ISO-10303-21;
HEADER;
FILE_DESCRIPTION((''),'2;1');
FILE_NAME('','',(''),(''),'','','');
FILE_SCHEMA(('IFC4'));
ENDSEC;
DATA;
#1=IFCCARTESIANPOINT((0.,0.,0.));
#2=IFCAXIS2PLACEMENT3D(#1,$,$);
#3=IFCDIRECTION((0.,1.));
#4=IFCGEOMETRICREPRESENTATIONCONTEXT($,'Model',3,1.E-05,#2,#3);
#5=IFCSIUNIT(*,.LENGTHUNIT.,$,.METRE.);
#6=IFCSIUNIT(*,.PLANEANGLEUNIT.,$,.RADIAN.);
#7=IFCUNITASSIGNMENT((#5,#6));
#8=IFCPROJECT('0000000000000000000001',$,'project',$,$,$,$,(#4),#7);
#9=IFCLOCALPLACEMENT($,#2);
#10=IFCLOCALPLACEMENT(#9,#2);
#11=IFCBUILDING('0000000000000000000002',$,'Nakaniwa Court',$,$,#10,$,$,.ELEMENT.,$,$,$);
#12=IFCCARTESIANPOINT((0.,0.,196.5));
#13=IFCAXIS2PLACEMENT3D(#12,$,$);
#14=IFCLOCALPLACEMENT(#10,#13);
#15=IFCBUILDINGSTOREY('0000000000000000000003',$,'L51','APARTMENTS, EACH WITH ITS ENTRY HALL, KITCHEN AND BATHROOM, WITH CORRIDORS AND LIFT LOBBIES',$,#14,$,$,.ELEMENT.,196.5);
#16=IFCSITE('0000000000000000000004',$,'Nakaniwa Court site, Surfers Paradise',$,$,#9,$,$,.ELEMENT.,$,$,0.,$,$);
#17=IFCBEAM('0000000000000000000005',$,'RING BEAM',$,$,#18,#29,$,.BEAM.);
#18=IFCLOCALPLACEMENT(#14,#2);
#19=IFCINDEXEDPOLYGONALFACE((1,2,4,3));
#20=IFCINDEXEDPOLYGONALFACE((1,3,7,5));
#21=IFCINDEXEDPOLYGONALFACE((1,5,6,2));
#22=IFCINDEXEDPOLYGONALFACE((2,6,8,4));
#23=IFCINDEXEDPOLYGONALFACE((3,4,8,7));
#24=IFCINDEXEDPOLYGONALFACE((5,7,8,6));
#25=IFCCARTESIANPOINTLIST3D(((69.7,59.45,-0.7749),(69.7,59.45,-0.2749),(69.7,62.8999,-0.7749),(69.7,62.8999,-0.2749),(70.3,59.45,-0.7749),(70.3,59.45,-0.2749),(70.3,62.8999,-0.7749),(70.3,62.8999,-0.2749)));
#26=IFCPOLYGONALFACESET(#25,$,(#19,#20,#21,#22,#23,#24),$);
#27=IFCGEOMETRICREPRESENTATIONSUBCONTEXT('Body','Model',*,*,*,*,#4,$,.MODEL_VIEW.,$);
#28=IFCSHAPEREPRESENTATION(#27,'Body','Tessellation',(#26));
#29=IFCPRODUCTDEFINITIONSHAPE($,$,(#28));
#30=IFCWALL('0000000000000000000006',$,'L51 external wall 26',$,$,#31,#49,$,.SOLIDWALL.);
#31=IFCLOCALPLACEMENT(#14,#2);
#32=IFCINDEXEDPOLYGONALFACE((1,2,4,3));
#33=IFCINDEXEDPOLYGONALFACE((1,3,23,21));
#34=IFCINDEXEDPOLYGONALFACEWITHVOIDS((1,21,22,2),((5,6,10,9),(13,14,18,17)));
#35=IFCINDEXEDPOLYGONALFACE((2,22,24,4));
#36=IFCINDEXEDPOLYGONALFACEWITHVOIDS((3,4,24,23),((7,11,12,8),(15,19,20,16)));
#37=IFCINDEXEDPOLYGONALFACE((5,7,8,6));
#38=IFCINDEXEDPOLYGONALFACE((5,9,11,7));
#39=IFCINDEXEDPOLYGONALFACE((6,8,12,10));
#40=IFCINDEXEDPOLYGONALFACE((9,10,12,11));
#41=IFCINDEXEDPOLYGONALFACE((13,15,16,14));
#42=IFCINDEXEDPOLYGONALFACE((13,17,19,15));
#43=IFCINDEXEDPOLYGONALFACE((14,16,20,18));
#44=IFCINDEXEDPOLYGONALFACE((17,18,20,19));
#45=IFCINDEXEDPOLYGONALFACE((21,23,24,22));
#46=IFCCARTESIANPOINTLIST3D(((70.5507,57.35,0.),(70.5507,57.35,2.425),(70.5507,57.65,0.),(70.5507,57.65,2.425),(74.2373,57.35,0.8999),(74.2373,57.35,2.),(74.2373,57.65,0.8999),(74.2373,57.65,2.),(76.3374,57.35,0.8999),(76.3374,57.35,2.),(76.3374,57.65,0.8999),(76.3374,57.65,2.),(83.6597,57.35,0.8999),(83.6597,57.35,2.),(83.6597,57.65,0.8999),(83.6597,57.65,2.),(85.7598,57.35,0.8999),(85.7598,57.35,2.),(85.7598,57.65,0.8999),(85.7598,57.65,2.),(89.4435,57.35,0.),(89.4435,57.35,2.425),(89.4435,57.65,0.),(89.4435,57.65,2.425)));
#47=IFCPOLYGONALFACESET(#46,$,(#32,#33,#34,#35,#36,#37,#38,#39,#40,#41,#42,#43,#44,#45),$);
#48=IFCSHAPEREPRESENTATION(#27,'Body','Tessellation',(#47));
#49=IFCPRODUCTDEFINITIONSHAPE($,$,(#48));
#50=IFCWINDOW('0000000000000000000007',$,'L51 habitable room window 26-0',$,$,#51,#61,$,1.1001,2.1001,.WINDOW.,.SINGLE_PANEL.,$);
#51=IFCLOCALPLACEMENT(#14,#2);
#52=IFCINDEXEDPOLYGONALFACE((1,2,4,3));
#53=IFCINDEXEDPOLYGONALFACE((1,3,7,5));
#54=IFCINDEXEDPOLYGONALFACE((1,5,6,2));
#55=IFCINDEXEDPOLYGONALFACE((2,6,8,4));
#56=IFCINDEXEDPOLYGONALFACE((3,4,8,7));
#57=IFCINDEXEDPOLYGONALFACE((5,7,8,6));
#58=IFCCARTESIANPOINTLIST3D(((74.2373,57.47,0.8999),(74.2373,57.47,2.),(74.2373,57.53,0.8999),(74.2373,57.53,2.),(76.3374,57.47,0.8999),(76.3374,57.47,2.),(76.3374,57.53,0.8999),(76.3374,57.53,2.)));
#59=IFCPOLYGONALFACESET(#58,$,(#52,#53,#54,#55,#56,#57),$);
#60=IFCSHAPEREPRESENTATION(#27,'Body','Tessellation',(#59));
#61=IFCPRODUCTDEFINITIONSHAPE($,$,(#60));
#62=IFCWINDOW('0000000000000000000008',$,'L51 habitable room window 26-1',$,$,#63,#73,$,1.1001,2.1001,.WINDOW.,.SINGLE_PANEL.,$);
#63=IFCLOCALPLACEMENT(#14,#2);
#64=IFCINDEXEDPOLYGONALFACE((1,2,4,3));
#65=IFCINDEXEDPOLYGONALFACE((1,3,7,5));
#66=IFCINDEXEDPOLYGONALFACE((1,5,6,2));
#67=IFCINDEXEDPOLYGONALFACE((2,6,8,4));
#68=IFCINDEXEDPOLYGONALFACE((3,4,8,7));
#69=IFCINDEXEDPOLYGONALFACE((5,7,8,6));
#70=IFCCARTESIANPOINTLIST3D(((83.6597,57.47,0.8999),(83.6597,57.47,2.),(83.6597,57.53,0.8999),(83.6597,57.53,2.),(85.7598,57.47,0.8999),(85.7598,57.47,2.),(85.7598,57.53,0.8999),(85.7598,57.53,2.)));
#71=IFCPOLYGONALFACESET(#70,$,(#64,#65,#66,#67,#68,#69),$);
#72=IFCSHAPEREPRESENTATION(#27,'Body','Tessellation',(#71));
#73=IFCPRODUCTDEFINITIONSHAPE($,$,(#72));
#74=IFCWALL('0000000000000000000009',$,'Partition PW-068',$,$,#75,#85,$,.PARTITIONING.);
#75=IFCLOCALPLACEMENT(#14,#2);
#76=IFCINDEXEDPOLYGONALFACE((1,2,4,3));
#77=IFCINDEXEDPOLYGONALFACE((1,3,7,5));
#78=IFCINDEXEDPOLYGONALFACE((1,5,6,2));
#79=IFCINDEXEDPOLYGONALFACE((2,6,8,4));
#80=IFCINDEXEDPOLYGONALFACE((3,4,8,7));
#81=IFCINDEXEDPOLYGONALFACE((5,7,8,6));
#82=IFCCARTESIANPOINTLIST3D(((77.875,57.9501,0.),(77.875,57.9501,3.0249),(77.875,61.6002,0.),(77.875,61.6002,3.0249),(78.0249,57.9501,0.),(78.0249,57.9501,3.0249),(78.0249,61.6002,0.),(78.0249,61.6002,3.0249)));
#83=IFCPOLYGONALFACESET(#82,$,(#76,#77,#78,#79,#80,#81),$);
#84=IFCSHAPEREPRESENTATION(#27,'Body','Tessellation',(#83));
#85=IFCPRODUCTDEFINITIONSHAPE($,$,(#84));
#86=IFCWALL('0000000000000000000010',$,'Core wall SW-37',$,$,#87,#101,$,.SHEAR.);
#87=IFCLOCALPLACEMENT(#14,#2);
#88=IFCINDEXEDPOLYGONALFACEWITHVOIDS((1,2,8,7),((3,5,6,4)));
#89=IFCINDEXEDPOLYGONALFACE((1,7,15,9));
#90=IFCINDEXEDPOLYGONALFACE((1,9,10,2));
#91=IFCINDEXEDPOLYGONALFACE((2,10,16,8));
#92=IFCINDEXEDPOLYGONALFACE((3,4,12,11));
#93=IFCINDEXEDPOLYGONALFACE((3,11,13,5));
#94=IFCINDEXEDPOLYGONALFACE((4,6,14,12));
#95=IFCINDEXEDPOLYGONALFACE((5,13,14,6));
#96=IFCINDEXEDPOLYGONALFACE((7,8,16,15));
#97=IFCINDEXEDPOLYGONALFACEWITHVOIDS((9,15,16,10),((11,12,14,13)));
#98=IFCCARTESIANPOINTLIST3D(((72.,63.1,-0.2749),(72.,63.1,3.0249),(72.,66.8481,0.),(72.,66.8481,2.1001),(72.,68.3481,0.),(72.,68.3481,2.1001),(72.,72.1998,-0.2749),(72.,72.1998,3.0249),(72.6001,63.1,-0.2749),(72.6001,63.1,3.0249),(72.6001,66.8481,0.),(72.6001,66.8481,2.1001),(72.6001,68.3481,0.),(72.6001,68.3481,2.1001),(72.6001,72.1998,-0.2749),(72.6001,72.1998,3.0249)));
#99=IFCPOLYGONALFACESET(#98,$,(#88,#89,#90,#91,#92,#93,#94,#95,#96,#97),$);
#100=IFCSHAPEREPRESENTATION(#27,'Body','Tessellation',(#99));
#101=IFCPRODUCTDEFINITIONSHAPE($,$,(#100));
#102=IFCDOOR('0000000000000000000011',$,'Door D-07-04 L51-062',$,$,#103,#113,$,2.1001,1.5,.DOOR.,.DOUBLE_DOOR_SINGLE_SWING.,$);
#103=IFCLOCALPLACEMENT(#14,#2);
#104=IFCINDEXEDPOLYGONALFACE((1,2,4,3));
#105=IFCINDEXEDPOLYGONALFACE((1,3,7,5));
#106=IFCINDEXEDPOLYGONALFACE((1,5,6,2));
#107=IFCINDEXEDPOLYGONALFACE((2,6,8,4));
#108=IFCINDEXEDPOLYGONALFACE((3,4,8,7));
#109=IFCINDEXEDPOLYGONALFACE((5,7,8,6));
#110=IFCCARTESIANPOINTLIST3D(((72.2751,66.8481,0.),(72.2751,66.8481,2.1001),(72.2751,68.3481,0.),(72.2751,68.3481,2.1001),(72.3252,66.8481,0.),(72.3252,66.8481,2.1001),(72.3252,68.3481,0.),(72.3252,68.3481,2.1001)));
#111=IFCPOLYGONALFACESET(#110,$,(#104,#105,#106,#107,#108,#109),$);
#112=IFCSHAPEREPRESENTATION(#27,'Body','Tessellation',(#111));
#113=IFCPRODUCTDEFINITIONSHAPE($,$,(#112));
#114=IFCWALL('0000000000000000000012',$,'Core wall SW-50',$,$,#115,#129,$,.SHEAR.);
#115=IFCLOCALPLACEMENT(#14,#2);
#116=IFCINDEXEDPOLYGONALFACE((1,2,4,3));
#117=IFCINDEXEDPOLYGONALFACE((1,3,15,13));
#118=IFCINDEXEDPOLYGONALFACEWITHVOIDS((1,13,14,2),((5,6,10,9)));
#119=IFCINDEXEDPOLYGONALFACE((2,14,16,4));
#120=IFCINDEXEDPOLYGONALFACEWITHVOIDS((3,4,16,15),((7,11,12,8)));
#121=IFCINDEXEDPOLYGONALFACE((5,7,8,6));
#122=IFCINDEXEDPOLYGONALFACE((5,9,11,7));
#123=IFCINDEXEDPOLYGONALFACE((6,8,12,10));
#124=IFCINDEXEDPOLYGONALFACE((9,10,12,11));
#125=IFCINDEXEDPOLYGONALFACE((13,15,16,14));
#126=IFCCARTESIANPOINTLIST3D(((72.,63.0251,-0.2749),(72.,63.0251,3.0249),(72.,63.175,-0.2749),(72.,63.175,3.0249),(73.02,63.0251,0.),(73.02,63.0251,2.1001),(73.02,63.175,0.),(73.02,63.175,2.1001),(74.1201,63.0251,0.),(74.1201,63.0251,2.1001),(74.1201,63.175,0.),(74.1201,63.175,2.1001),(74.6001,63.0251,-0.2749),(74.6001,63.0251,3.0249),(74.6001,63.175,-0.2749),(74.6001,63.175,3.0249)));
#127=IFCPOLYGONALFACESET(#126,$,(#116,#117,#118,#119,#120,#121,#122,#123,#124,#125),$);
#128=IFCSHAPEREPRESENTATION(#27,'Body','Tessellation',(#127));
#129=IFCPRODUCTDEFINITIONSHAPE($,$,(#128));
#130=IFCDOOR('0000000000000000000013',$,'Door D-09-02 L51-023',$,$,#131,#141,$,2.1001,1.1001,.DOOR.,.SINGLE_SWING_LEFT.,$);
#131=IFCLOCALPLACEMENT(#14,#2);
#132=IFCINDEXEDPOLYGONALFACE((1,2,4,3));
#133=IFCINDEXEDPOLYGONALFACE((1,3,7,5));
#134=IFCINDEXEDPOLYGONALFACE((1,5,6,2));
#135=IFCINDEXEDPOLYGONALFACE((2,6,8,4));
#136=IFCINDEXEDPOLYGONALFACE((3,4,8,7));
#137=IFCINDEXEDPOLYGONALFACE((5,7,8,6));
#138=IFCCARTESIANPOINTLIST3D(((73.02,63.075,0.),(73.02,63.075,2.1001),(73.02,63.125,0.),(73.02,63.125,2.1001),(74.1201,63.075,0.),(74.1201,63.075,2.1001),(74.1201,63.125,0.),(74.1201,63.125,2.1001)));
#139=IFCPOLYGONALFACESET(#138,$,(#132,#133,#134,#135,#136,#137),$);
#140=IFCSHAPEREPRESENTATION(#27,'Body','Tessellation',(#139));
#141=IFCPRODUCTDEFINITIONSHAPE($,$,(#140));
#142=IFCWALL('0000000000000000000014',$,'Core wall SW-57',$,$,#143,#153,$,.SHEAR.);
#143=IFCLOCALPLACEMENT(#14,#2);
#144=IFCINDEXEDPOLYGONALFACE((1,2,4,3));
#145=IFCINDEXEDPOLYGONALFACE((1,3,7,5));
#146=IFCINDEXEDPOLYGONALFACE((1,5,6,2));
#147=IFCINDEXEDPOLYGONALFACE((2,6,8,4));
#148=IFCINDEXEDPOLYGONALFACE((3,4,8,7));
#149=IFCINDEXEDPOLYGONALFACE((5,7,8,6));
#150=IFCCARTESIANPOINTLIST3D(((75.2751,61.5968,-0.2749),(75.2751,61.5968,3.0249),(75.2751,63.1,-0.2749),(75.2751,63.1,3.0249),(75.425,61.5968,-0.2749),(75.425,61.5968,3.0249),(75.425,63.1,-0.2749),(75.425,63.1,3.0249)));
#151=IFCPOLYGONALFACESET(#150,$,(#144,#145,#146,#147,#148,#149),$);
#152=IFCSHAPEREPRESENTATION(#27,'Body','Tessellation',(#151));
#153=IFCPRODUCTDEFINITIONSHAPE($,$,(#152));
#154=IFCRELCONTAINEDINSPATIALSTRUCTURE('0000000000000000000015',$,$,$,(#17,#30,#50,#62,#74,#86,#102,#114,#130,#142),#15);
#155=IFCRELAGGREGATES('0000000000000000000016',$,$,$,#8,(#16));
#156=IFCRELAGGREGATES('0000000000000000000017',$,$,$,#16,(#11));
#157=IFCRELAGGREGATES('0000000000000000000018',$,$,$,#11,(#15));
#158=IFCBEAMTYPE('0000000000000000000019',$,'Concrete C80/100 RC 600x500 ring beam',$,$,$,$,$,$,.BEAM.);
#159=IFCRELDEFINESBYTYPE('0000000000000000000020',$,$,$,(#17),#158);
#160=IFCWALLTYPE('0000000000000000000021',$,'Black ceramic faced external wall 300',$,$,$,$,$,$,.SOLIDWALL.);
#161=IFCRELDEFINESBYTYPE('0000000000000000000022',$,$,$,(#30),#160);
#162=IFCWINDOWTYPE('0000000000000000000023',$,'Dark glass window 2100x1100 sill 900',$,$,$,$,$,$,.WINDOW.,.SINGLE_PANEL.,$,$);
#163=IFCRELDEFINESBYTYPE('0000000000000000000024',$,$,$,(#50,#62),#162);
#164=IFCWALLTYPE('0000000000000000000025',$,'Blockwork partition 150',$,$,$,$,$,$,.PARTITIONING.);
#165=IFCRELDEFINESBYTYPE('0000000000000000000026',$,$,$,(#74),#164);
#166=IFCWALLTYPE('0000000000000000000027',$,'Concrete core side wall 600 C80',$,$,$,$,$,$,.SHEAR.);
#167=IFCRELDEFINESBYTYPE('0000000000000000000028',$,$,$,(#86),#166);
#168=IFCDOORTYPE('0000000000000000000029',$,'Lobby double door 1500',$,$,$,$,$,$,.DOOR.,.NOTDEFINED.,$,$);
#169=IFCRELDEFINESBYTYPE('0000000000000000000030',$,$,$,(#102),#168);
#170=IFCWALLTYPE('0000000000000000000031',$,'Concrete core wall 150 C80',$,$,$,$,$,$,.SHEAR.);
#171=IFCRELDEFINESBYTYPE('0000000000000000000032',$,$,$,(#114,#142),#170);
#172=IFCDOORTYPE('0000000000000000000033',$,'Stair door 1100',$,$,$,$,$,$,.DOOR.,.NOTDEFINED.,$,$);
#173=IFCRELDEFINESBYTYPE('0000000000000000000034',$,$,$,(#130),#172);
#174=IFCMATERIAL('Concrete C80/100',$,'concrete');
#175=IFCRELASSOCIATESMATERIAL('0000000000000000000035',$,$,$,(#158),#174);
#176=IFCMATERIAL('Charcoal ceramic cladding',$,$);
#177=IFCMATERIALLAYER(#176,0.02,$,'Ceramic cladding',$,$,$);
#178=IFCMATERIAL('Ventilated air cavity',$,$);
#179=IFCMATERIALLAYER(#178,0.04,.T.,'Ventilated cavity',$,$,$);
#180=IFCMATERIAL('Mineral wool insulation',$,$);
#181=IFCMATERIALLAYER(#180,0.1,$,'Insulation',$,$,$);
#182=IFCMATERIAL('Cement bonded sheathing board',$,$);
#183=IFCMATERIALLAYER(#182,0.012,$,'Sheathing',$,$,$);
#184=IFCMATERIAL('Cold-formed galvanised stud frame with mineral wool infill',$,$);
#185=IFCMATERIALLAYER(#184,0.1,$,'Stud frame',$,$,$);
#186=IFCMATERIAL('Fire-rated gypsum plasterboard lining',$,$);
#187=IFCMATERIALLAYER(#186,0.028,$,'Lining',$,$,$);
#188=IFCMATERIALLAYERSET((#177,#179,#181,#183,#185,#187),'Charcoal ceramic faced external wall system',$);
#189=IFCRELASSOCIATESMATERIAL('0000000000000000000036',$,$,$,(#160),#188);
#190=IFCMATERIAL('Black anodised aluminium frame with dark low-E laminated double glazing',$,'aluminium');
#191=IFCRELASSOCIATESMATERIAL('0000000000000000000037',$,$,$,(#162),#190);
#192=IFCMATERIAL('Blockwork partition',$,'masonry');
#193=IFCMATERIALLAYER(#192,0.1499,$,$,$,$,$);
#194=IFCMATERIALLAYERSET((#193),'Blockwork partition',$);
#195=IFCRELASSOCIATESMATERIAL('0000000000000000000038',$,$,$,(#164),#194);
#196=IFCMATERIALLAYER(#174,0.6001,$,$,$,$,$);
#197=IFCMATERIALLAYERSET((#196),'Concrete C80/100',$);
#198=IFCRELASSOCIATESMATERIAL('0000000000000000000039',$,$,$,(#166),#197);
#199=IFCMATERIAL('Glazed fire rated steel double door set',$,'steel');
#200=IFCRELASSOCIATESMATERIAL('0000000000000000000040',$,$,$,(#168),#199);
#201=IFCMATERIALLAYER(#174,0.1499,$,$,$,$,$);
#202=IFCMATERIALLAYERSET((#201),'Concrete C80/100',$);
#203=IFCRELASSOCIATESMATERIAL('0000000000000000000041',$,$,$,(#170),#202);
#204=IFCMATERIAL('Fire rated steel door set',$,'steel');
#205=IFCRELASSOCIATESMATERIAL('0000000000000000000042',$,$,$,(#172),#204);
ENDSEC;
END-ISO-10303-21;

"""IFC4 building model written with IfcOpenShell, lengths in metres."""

from ifc_helpers import new_model, si_unit, direction, frame, frame_2d, origin, origin_2d, place, context, subcontext, project, spatial, rectangle, extrude, material, layer, layer_set, material_profile, profile_set, type_object, element, fill, save


model = new_model("IFC4")

# Units and contexts
model_context = context("Model", 3, precision=1e-05, world=origin(), true_north=direction((0.0, 1.0)))
body_context = subcontext(model_context, "Body", "Model", "MODEL_VIEW")
ifc_project = project(units=[si_unit("LENGTHUNIT", "METRE"), si_unit("PLANEANGLEUNIT", "RADIAN")], contexts=[model_context])

# Site, building, storey
site_placement = place(None, origin())
site = spatial("IfcSite", under=ifc_project, at=site_placement, Name="Nakaniwa Court site, Surfers Paradise", CompositionType="ELEMENT", RefElevation=0.0)
building_placement = place(site_placement, origin())
building = spatial("IfcBuilding", under=site, at=building_placement, Name="Nakaniwa Court", CompositionType="ELEMENT")
storey_placement = place(building_placement, frame((0.0, 0.0, 196.5)))
storey = spatial("IfcBuildingStorey", under=building, at=storey_placement, Name="L51", Description="APARTMENTS, EACH WITH ITS ENTRY HALL, KITCHEN AND BATHROOM, WITH CORRIDORS AND LIFT LOBBIES", CompositionType="ELEMENT", Elevation=196.5)

# Beam
ifc_material_1 = material(Name="Concrete C80/100", Category="concrete")
ifc_material_profile_1 = material_profile(ifc_material_1, rectangle(XDim=0.6001, YDim=0.5, at=origin_2d()), Name="Concrete C80/100 RC 600x500 ring beam")
ifc_profile_set_1 = profile_set([ifc_material_profile_1], Name="Concrete C80/100")
beam_type = type_object("IfcBeamType", Name="Concrete C80/100 RC 600x500 ring beam", PredefinedType="BEAM", material=ifc_profile_set_1)
beam_placement = place(storey_placement, frame((70.0, 62.8999, -0.5249), z_axis=(0.0, -1.0, 0.0), x_axis=(1.0, 0.0, 0.0)))
element("IfcBeam", 1, at=beam_placement, inside=storey, type_object=beam_type, Name="RING BEAM", PredefinedType="BEAM", context=body_context, shape_type="SweptSolid", body=[
    extrude(rectangle(XDim=0.6001, YDim=0.5, at=origin_2d()), origin(), (0.0, 0.0, 1.0), 3.45),
])

# Wall, openings, windows
ifc_material_2 = material(Name="Charcoal ceramic cladding")
ifc_layer_1 = layer(ifc_material_2, 0.02, Name="Ceramic cladding")
ifc_material_3 = material(Name="Ventilated air cavity")
ifc_layer_2 = layer(ifc_material_3, 0.04, ventilated=True, Name="Ventilated cavity")
ifc_material_4 = material(Name="Mineral wool insulation")
ifc_layer_3 = layer(ifc_material_4, 0.1, Name="Insulation")
ifc_material_5 = material(Name="Cement bonded sheathing board")
ifc_layer_4 = layer(ifc_material_5, 0.012, Name="Sheathing")
ifc_material_6 = material(Name="Cold-formed galvanised stud frame with mineral wool infill")
ifc_layer_5 = layer(ifc_material_6, 0.1, Name="Stud frame")
ifc_material_7 = material(Name="Fire-rated gypsum plasterboard lining")
ifc_layer_6 = layer(ifc_material_7, 0.028, Name="Lining")
ifc_layer_set_1 = layer_set([ifc_layer_1, ifc_layer_2, ifc_layer_3, ifc_layer_4, ifc_layer_5, ifc_layer_6], Name="Charcoal ceramic faced external wall system")
wall_type_1 = type_object("IfcWallType", Name="Black ceramic faced external wall 300", PredefinedType="SOLIDWALL", material=ifc_layer_set_1)
wall_1_placement = place(storey_placement, frame((70.5508, 57.5, 0.0), z_axis=(0.0, 0.0, 1.0), x_axis=(1.0, 0.0, 0.0)))
wall_1 = element("IfcWall", 2, at=wall_1_placement, inside=storey, type_object=wall_type_1, Name="L51 external wall 26", PredefinedType="SOLIDWALL", context=body_context, shape_type="SweptSolid", body=[
    extrude(rectangle(XDim=18.8928, YDim=0.3, at=frame_2d((9.4463, 0.0))), origin(), (0.0, 0.0, 1.0), 2.425),
])
opening_1_placement = place(wall_1_placement, frame((3.6865, 0.0, 0.8999)))
opening_1 = element("IfcOpeningElement", 3, at=opening_1_placement, cuts=wall_1, PredefinedType="OPENING", context=body_context, shape_type="SweptSolid", body=[
    extrude(rectangle(XDim=2.1001, YDim=1.1001, at=frame_2d((1.05, 0.55))), frame((0.0, 0.1599, 0.0), z_axis=(0.0, -1.0, 0.0), x_axis=(1.0, 0.0, 0.0)), (0.0, 0.0, 1.0), 0.3201),
])
opening_2_placement = place(wall_1_placement, frame((13.1089, 0.0, 0.8999)))
opening_2 = element("IfcOpeningElement", 4, at=opening_2_placement, cuts=wall_1, PredefinedType="OPENING", context=body_context, shape_type="SweptSolid", body=[
    extrude(rectangle(XDim=2.1001, YDim=1.1001, at=frame_2d((1.05, 0.55))), frame((0.0, 0.1599, 0.0), z_axis=(0.0, -1.0, 0.0), x_axis=(1.0, 0.0, 0.0)), (0.0, 0.0, 1.0), 0.3201),
])
ifc_material_8 = material(Name="Black anodised aluminium frame with dark low-E laminated double glazing", Category="aluminium")
window_type = type_object("IfcWindowType", Name="Dark glass window 2100x1100 sill 900", PartitioningType="SINGLE_PANEL", PredefinedType="WINDOW", material=ifc_material_8)
window_1_placement = place(opening_1_placement, origin())
window_1 = element("IfcWindow", 5, at=window_1_placement, inside=storey, type_object=window_type, Name="L51 habitable room window 26-0", OverallHeight=1.1001, OverallWidth=2.1001, PartitioningType="SINGLE_PANEL", PredefinedType="WINDOW", context=body_context, shape_type="SweptSolid", body=[
    extrude(rectangle(XDim=2.1001, YDim=1.1001, at=frame_2d((1.05, 0.55))), frame((0.0, 0.03, 0.0), z_axis=(0.0, -1.0, 0.0), x_axis=(1.0, 0.0, 0.0)), (0.0, 0.0, 1.0), 0.0601),
])
fill(opening_1, window_1)
window_2_placement = place(opening_2_placement, origin())
window_2 = element("IfcWindow", 6, at=window_2_placement, inside=storey, type_object=window_type, Name="L51 habitable room window 26-1", OverallHeight=1.1001, OverallWidth=2.1001, PartitioningType="SINGLE_PANEL", PredefinedType="WINDOW", context=body_context, shape_type="SweptSolid", body=[
    extrude(rectangle(XDim=2.1001, YDim=1.1001, at=frame_2d((1.05, 0.55))), frame((0.0, 0.03, 0.0), z_axis=(0.0, -1.0, 0.0), x_axis=(1.0, 0.0, 0.0)), (0.0, 0.0, 1.0), 0.0601),
])
fill(opening_2, window_2)

# Wall
ifc_material_9 = material(Name="Blockwork partition", Category="masonry")
ifc_layer_7 = layer(ifc_material_9, 0.1499)
ifc_layer_set_2 = layer_set([ifc_layer_7], Name="Blockwork partition")
wall_type_2 = type_object("IfcWallType", Name="Blockwork partition 150", PredefinedType="PARTITIONING", material=ifc_layer_set_2)
wall_2_placement = place(storey_placement, frame((77.95, 57.95, 0.0), z_axis=(0.0, 0.0, 1.0), x_axis=(0.0, 1.0, 0.0)))
element("IfcWall", 7, at=wall_2_placement, inside=storey, type_object=wall_type_2, Name="Partition PW-068", PredefinedType="PARTITIONING", context=body_context, shape_type="SweptSolid", body=[
    extrude(rectangle(XDim=3.6501, YDim=0.1499, at=frame_2d((1.8252, 0.0))), origin(), (0.0, 0.0, 1.0), 3.0249),
])

# Walls, openings, doors
ifc_layer_8 = layer(ifc_material_1, 0.6001)
ifc_layer_set_3 = layer_set([ifc_layer_8], Name="Concrete C80/100")
wall_type_3 = type_object("IfcWallType", Name="Concrete core side wall 600 C80", PredefinedType="SHEAR", material=ifc_layer_set_3)
wall_3_placement = place(storey_placement, frame((72.3, 63.1001, -0.2749), z_axis=(0.0, 0.0, 1.0), x_axis=(0.0, 1.0, 0.0)))
wall_3 = element("IfcWall", 8, at=wall_3_placement, inside=storey, type_object=wall_type_3, Name="Core wall SW-37", PredefinedType="SHEAR", context=body_context, shape_type="SweptSolid", body=[
    extrude(rectangle(XDim=9.0999, YDim=0.6001, at=frame_2d((4.5498, 0.0))), origin(), (0.0, 0.0, 1.0), 3.2998),
])
opening_3_placement = place(wall_3_placement, frame((3.748, 0.0, 0.2749)))
opening_3 = element("IfcOpeningElement", 9, at=opening_3_placement, cuts=wall_3, PredefinedType="OPENING", context=body_context, shape_type="SweptSolid", body=[
    extrude(rectangle(XDim=1.5, YDim=2.1001, at=frame_2d((0.75, 1.05))), frame((0.0, 0.3101, 0.0), z_axis=(0.0, -1.0, 0.0), x_axis=(1.0, 0.0, 0.0)), (0.0, 0.0, 1.0), 0.6201),
])
ifc_material_10 = material(Name="Glazed fire rated steel double door set", Category="steel")
door_type_1 = type_object("IfcDoorType", Name="Lobby double door 1500", OperationType="NOTDEFINED", PredefinedType="DOOR", material=ifc_material_10)
door_1_placement = place(opening_3_placement, origin())
door_1 = element("IfcDoor", 10, at=door_1_placement, inside=storey, type_object=door_type_1, Name="Door D-07-04 L51-062", OperationType="DOUBLE_DOOR_SINGLE_SWING", OverallHeight=2.1001, OverallWidth=1.5, PredefinedType="DOOR", context=body_context, shape_type="SweptSolid", body=[
    extrude(rectangle(XDim=1.5, YDim=2.1001, at=frame_2d((0.75, 1.05))), frame((0.0, 0.0249, 0.0), z_axis=(0.0, -1.0, 0.0), x_axis=(1.0, 0.0, 0.0)), (0.0, 0.0, 1.0), 0.05),
])
fill(opening_3, door_1)
ifc_layer_9 = layer(ifc_material_1, 0.1499)
ifc_layer_set_4 = layer_set([ifc_layer_9], Name="Concrete C80/100")
wall_type_4 = type_object("IfcWallType", Name="Concrete core wall 150 C80", PredefinedType="SHEAR", material=ifc_layer_set_4)
wall_4_placement = place(storey_placement, frame((72.0, 63.1001, -0.2749), z_axis=(0.0, 0.0, 1.0), x_axis=(1.0, 0.0, 0.0)))
wall_4 = element("IfcWall", 11, at=wall_4_placement, inside=storey, type_object=wall_type_4, Name="Core wall SW-50", PredefinedType="SHEAR", context=body_context, shape_type="SweptSolid", body=[
    extrude(rectangle(XDim=2.6001, YDim=0.1499, at=frame_2d((1.3, 0.0))), origin(), (0.0, 0.0, 1.0), 3.2998),
])
opening_4_placement = place(wall_4_placement, frame((1.02, 0.0, 0.2749)))
opening_4 = element("IfcOpeningElement", 12, at=opening_4_placement, cuts=wall_4, PredefinedType="OPENING", context=body_context, shape_type="SweptSolid", body=[
    extrude(rectangle(XDim=1.1001, YDim=2.1001, at=frame_2d((0.55, 1.05))), frame((0.0, 0.085, 0.0), z_axis=(0.0, -1.0, 0.0), x_axis=(1.0, 0.0, 0.0)), (0.0, 0.0, 1.0), 0.1699),
])
ifc_material_11 = material(Name="Fire rated steel door set", Category="steel")
door_type_2 = type_object("IfcDoorType", Name="Stair door 1100", OperationType="NOTDEFINED", PredefinedType="DOOR", material=ifc_material_11)
door_2_placement = place(opening_4_placement, origin())
door_2 = element("IfcDoor", 13, at=door_2_placement, inside=storey, type_object=door_type_2, Name="Door D-09-02 L51-023", OperationType="SINGLE_SWING_LEFT", OverallHeight=2.1001, OverallWidth=1.1001, PredefinedType="DOOR", context=body_context, shape_type="SweptSolid", body=[
    extrude(rectangle(XDim=1.1001, YDim=2.1001, at=frame_2d((0.55, 1.05))), frame((0.0, 0.0249, 0.0), z_axis=(0.0, -1.0, 0.0), x_axis=(1.0, 0.0, 0.0)), (0.0, 0.0, 1.0), 0.05),
])
fill(opening_4, door_2)

# Wall
wall_5_placement = place(storey_placement, frame((75.3501, 61.5969, -0.2749), z_axis=(0.0, 0.0, 1.0), x_axis=(0.0, 1.0, 0.0)))
element("IfcWall", 14, at=wall_5_placement, inside=storey, type_object=wall_type_4, Name="Core wall SW-57", PredefinedType="SHEAR", context=body_context, shape_type="SweptSolid", body=[
    extrude(rectangle(XDim=1.5032, YDim=0.1499, at=frame_2d((0.7515, 0.0))), origin(), (0.0, 0.0, 1.0), 3.2998),
])

save(model, "model.ifc")
